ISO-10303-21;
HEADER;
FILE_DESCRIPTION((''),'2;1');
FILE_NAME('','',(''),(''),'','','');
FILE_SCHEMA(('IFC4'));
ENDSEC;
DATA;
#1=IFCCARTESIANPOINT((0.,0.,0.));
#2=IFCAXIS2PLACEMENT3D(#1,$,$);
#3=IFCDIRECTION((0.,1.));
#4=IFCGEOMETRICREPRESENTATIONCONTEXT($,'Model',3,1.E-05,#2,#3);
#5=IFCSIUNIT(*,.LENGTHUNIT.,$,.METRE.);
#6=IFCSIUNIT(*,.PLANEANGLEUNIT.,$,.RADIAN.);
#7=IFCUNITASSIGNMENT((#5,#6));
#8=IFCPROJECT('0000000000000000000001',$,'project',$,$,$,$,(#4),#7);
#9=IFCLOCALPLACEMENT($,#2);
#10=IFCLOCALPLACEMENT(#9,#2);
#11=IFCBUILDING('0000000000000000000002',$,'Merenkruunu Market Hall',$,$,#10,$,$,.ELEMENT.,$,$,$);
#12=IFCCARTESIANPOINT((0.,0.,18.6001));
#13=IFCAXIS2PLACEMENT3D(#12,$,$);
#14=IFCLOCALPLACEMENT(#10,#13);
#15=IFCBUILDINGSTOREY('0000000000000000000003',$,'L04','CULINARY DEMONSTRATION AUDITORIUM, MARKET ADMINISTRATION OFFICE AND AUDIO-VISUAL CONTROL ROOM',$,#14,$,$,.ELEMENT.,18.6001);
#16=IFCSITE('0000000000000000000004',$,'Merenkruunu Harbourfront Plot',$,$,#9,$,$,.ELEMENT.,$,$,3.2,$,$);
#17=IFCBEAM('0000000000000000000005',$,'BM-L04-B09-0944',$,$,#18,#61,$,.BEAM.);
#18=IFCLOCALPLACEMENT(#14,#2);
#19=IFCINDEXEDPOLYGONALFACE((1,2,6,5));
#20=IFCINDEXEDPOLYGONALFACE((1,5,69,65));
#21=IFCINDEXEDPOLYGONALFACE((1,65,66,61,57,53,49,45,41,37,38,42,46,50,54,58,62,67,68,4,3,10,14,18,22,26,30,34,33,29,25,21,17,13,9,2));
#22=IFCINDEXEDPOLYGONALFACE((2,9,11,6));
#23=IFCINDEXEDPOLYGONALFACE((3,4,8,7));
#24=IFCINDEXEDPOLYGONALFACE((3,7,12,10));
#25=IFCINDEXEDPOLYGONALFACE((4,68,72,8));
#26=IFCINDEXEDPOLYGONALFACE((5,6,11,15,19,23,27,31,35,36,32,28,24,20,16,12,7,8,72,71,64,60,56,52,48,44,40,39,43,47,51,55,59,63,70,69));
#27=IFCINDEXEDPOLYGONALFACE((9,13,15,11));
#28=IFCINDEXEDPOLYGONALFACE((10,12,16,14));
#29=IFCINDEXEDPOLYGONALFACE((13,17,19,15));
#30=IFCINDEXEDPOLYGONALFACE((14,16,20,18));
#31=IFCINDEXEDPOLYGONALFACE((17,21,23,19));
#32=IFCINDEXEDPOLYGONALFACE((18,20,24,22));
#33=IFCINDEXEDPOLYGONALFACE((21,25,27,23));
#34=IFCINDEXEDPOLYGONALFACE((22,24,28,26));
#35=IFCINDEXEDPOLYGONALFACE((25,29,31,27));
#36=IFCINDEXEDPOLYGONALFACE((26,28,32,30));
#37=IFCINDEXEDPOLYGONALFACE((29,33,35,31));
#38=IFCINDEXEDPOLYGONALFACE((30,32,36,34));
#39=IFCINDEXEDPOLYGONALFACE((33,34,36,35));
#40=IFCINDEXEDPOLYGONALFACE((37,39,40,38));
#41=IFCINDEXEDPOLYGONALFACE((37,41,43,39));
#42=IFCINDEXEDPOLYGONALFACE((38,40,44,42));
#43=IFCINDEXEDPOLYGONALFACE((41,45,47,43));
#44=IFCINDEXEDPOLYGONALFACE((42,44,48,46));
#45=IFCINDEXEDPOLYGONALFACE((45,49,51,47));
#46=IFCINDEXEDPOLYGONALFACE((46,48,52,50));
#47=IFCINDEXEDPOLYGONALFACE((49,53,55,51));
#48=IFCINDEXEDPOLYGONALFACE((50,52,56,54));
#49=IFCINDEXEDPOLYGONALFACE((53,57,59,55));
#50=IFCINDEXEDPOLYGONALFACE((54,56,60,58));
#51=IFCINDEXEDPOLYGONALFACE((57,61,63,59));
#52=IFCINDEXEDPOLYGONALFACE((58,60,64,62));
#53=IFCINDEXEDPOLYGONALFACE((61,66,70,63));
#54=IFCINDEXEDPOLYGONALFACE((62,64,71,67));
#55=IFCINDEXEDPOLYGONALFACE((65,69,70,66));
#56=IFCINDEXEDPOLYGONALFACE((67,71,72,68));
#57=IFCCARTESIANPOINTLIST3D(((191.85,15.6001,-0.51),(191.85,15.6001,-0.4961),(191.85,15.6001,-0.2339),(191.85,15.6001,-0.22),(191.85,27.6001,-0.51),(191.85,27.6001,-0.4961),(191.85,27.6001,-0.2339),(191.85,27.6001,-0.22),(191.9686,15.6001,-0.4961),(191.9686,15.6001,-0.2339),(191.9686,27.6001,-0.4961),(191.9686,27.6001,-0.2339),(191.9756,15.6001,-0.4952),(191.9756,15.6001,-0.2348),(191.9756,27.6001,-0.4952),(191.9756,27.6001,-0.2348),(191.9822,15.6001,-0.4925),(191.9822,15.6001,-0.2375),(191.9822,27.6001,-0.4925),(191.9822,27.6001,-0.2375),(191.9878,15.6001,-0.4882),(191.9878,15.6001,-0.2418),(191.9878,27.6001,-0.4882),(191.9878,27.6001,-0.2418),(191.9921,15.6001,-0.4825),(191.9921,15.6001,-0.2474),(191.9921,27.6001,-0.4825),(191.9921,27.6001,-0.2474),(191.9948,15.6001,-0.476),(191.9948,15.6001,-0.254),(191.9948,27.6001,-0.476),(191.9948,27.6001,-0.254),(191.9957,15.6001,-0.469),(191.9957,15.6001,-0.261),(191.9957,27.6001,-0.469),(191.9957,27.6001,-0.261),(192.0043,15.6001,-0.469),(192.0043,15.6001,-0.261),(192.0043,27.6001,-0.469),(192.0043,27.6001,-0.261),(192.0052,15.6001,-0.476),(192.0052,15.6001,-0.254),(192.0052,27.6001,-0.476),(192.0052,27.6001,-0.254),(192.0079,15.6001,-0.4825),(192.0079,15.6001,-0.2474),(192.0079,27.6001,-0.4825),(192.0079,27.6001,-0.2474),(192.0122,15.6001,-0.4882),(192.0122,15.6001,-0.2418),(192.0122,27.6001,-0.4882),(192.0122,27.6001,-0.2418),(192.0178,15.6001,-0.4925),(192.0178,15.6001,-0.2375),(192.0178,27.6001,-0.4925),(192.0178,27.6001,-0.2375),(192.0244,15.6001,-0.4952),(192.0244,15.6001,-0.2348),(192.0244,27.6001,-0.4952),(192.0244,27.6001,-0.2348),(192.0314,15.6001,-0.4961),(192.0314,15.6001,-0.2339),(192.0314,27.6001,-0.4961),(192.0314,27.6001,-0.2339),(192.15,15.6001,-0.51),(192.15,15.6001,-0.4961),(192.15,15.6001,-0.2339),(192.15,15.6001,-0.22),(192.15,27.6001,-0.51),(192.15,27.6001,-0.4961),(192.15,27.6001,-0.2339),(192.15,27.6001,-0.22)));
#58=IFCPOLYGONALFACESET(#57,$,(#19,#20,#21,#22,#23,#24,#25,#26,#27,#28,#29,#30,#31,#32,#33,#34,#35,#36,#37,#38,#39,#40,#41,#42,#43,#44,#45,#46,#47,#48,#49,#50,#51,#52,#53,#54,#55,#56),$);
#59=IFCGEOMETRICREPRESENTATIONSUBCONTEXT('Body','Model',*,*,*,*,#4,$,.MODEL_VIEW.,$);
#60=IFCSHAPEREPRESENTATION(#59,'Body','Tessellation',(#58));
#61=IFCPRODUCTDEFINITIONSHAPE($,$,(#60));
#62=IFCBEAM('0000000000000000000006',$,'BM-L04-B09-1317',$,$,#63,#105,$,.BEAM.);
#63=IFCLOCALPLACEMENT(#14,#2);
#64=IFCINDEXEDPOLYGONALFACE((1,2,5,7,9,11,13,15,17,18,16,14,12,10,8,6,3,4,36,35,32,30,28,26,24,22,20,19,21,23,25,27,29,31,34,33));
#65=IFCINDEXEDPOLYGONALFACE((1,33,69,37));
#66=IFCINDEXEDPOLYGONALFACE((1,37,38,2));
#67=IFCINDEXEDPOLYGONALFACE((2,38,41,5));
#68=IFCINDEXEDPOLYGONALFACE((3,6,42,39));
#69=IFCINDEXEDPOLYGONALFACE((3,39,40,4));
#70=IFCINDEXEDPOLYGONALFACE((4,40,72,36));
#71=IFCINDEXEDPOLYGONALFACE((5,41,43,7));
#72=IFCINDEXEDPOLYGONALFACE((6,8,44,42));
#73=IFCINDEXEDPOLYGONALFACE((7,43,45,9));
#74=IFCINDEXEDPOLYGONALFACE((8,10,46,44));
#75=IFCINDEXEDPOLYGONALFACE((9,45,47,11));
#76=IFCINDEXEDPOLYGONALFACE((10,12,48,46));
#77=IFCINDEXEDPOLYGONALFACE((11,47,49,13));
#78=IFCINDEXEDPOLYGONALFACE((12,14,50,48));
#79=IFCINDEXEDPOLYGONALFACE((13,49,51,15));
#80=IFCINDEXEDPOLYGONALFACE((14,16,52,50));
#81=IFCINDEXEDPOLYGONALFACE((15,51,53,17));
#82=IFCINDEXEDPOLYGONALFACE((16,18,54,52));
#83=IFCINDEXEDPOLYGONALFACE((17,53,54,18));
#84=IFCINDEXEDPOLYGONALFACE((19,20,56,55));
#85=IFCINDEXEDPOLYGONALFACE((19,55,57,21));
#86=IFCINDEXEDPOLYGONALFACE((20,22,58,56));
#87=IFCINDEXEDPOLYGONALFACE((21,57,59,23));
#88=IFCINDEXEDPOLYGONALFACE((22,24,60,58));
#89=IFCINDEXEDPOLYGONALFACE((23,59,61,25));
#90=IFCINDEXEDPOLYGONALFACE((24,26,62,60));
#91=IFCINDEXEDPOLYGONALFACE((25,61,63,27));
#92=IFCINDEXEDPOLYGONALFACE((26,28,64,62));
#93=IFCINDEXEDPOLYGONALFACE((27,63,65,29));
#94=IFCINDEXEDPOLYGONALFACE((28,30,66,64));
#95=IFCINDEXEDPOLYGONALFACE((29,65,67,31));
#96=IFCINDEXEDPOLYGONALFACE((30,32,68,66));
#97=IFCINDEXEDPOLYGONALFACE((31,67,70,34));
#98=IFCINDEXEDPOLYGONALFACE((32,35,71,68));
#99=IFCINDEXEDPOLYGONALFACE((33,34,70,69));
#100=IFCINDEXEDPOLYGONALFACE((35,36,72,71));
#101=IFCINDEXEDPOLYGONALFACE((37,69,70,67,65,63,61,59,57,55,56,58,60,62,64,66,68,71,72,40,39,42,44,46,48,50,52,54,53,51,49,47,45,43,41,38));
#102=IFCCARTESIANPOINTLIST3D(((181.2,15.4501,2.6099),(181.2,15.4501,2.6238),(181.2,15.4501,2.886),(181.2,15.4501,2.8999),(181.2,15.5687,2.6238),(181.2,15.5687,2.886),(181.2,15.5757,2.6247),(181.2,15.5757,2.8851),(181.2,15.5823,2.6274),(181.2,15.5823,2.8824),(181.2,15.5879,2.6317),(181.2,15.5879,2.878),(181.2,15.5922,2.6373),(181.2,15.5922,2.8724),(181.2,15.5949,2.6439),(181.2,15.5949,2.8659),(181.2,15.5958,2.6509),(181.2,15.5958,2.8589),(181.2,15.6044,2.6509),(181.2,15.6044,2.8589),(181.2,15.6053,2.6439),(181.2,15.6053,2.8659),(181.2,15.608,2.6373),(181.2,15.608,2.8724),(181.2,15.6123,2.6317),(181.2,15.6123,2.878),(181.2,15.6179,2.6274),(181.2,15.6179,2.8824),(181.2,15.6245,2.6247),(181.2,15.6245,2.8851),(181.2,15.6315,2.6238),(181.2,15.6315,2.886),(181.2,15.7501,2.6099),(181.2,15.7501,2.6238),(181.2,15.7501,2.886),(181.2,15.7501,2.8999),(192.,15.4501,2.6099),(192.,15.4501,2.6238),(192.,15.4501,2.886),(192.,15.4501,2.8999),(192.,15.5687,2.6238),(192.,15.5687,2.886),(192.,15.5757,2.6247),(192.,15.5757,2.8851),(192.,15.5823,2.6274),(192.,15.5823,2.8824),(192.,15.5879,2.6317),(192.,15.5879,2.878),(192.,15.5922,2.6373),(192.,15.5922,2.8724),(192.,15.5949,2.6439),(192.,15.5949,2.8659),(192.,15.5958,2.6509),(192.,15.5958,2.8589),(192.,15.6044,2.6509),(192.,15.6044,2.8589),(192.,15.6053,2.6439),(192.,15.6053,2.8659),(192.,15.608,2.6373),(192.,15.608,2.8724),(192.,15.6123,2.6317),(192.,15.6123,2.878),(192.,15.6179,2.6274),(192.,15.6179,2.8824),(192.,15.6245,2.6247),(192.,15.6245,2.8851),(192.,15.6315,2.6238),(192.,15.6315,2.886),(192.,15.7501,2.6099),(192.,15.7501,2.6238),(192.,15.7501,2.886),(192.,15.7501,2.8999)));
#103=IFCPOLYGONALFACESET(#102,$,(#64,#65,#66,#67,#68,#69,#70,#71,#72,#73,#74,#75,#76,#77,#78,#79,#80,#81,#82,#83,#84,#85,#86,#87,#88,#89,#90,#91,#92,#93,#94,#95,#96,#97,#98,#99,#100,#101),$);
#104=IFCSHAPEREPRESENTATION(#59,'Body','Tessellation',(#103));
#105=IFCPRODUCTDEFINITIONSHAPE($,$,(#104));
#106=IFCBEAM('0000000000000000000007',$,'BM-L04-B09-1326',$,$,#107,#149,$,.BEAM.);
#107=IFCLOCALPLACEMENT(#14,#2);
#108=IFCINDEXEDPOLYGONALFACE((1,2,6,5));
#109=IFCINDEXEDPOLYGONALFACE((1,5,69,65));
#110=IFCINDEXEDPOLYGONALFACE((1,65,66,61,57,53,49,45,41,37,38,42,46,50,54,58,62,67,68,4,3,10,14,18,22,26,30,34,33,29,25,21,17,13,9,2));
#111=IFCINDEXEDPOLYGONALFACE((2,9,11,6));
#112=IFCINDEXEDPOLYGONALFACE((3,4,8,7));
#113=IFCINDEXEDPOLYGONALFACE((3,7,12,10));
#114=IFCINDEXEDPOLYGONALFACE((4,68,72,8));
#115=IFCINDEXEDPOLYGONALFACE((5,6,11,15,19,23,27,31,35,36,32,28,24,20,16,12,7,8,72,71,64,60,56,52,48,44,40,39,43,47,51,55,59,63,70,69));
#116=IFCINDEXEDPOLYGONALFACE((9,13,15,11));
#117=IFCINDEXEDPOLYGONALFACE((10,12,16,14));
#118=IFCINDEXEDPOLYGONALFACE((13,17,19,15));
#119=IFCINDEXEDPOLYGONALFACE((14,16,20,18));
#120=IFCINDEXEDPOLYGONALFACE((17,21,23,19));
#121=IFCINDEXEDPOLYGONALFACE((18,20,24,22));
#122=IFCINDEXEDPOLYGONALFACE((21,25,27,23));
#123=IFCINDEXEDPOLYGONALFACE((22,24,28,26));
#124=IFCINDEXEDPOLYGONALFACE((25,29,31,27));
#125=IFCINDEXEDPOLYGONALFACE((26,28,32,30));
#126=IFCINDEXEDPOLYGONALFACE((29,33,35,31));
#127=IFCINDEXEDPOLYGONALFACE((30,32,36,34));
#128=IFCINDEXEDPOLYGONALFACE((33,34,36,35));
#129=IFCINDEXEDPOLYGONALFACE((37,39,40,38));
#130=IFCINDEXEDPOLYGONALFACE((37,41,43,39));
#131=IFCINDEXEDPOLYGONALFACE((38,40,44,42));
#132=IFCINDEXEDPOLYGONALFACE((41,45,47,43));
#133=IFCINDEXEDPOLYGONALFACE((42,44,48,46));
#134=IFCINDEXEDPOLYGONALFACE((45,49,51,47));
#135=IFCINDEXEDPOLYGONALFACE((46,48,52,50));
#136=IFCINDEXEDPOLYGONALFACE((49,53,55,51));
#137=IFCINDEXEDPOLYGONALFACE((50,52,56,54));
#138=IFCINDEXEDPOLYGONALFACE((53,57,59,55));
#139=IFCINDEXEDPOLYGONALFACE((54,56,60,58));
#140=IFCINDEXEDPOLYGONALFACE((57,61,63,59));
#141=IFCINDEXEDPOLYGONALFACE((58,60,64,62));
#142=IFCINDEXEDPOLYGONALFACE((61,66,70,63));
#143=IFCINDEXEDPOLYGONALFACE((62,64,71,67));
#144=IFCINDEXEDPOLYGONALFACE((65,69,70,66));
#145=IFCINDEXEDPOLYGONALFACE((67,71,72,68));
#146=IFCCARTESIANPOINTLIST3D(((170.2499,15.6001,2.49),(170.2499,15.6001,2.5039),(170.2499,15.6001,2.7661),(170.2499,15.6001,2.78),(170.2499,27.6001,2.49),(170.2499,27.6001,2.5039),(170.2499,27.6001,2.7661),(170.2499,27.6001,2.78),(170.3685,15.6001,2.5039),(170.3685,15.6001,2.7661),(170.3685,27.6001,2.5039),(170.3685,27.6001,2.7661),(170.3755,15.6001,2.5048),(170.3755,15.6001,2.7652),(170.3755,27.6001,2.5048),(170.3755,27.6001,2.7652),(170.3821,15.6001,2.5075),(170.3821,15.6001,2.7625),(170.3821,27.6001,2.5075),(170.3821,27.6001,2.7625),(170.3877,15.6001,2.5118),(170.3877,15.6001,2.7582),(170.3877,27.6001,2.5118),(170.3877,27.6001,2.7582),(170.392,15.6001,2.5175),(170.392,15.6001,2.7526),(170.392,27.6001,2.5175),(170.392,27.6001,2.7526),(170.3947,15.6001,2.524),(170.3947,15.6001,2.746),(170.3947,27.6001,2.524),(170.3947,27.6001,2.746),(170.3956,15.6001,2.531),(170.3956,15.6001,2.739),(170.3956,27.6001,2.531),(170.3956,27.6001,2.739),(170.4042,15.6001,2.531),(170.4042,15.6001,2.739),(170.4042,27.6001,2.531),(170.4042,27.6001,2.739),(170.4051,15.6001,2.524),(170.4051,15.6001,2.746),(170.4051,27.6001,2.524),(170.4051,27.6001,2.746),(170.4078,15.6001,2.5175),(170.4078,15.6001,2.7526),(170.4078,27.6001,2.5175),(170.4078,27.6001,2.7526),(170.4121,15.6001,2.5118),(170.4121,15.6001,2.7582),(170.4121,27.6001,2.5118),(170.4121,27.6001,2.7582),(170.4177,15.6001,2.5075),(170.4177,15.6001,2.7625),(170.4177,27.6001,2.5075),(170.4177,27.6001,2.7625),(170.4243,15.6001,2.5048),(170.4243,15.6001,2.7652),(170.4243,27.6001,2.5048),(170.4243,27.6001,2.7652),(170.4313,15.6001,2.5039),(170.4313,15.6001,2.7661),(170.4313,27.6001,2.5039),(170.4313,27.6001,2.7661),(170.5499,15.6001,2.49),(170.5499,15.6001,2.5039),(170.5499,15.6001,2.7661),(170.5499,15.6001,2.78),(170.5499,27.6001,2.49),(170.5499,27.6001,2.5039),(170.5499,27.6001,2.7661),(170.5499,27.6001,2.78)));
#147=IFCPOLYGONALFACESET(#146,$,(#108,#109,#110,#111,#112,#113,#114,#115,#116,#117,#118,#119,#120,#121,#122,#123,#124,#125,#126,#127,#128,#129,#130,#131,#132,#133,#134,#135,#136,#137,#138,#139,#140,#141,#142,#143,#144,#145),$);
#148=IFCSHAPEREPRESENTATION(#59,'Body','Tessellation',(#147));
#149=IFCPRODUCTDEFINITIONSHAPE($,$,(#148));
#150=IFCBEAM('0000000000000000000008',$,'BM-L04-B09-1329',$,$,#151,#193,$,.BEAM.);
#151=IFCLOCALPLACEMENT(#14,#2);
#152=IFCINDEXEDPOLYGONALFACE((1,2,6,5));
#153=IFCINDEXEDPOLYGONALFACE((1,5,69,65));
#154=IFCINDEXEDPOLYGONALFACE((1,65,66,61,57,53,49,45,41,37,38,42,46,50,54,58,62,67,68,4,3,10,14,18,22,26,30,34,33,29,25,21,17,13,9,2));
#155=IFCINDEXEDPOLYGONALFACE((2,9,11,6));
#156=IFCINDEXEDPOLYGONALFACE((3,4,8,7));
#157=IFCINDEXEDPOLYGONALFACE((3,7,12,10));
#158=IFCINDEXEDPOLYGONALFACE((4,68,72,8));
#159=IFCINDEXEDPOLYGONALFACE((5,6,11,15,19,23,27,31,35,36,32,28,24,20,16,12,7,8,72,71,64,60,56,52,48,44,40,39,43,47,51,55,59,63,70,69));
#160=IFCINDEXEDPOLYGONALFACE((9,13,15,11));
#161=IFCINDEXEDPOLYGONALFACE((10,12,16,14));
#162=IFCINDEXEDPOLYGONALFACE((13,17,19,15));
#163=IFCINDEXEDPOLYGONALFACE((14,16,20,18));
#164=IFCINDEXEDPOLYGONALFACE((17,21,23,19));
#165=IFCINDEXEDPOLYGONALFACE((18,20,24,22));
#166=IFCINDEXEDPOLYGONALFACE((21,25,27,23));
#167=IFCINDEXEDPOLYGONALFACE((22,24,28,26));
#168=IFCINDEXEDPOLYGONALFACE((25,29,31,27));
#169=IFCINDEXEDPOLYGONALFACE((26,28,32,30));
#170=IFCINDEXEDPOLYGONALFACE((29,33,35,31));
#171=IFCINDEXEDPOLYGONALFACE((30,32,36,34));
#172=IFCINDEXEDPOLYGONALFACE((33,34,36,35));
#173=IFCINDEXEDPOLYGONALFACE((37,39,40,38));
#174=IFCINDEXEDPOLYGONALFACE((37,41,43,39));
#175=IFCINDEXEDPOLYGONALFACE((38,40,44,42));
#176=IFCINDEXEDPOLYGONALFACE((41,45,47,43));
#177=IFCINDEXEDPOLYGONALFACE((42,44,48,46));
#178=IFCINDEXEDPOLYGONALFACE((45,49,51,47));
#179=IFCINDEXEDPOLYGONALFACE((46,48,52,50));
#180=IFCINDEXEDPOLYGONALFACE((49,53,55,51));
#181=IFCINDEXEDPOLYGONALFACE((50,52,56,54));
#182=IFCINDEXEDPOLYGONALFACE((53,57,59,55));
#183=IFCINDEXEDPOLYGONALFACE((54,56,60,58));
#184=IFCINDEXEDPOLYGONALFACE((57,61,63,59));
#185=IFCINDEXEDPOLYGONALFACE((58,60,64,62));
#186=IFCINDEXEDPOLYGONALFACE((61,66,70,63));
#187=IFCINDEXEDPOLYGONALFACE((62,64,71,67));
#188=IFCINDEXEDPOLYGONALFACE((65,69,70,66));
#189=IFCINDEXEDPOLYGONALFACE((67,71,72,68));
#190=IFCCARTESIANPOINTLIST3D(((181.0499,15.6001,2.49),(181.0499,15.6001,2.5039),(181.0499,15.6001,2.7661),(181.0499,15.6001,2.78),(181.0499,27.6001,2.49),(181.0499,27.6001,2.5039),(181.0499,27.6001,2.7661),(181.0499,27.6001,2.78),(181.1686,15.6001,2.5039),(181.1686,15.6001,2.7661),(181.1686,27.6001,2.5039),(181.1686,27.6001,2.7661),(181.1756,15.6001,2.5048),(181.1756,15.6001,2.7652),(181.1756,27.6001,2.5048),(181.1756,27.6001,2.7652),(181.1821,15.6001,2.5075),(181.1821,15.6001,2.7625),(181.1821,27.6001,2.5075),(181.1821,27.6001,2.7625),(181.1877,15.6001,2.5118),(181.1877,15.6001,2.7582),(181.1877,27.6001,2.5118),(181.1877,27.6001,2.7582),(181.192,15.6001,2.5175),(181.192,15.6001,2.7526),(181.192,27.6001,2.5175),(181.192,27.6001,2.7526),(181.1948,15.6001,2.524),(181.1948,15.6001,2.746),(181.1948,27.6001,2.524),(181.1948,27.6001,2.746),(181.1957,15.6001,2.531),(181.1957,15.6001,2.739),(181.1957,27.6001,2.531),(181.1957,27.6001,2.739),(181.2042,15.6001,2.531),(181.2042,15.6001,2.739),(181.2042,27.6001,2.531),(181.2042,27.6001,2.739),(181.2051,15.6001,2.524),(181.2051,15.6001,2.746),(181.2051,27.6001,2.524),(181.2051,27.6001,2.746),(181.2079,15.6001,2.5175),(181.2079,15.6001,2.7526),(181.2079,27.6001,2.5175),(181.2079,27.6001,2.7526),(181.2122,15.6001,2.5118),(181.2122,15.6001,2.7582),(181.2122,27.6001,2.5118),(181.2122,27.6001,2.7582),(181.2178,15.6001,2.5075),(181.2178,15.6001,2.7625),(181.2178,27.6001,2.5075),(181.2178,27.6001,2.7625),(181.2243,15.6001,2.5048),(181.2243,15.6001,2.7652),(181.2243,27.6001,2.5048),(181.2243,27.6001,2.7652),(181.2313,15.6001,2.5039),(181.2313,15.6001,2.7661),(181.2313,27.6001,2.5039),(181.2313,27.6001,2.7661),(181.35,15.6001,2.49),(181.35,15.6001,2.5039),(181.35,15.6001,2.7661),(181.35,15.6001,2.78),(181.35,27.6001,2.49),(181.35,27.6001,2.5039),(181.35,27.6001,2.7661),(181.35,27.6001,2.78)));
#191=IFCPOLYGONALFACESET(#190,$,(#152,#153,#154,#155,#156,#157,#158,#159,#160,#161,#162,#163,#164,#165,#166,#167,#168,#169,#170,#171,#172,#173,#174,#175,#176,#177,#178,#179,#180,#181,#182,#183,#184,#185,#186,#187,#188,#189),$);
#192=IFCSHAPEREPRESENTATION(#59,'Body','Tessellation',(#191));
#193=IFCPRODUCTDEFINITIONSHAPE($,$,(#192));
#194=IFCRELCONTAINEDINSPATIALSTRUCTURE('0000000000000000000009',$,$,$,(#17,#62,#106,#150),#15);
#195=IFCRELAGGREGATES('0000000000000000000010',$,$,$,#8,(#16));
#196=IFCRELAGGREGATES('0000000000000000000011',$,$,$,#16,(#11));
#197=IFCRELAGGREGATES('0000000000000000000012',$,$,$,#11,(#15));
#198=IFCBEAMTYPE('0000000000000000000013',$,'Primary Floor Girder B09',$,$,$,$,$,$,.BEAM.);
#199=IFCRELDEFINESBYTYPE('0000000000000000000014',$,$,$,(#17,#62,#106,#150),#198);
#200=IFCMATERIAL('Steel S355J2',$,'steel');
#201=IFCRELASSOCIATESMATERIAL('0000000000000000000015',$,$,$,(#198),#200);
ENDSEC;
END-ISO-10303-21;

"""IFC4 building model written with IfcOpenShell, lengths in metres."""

from ifc_helpers import new_model, si_unit, direction, frame, origin, origin_2d, place, context, subcontext, project, spatial, i_section, extrude, material, material_profile, profile_set, type_object, element, save


model = new_model("IFC4")

# Units and contexts
model_context = context("Model", 3, precision=1e-05, world=origin(), true_north=direction((0.0, 1.0)))
body_context = subcontext(model_context, "Body", "Model", "MODEL_VIEW")
ifc_project = project(units=[si_unit("LENGTHUNIT", "METRE"), si_unit("PLANEANGLEUNIT", "RADIAN")], contexts=[model_context])

# Site, building, storey
site_placement = place(None, origin())
site = spatial("IfcSite", under=ifc_project, at=site_placement, Name="Merenkruunu Harbourfront Plot", CompositionType="ELEMENT", RefElevation=3.2)
building_placement = place(site_placement, origin())
building = spatial("IfcBuilding", under=site, at=building_placement, Name="Merenkruunu Market Hall", CompositionType="ELEMENT")
storey_placement = place(building_placement, frame((0.0, 0.0, 18.6001)))
storey = spatial("IfcBuildingStorey", under=building, at=storey_placement, Name="L04", Description="CULINARY DEMONSTRATION AUDITORIUM, MARKET ADMINISTRATION OFFICE AND AUDIO-VISUAL CONTROL ROOM", CompositionType="ELEMENT", Elevation=18.6001)

# Shared definitions
ifc_material_1 = material(Name="Steel S355J2", Category="steel")

# Beams
ifc_material_profile_1 = material_profile(ifc_material_1, i_section(OverallWidth=0.3, OverallDepth=0.29, WebThickness=0.0085, FlangeThickness=0.0139, FilletRadius=0.0271, at=origin_2d()), Name="HEA 300")
ifc_profile_set_1 = profile_set([ifc_material_profile_1], Name="Steel S355J2")
beam_type_1 = type_object("IfcBeamType", Name="Primary Floor Girder B09", PredefinedType="BEAM", material=ifc_profile_set_1)
for number, where, z_axis, x_axis, name in (
    (1, (192.0, 15.6001, -0.365), (0.0, 1.0, 0.0), (-1.0, 0.0, 0.0), "BM-L04-B09-0944"),
):
    element("IfcBeam", number, at=place(storey_placement, frame(where, z_axis=z_axis, x_axis=x_axis)), inside=storey, type_object=beam_type_1, Name=name, PredefinedType="BEAM", context=body_context, shape_type="SweptSolid", body=[
        extrude(i_section(OverallWidth=0.3, OverallDepth=0.29, WebThickness=0.0085, FlangeThickness=0.0139, FilletRadius=0.0271, at=origin_2d()), origin(), (0.0, 0.0, 1.0), 12.0),
    ])
beam_1_placement = place(storey_placement, frame((181.2, 15.6001, 2.7549), z_axis=(1.0, 0.0, 0.0), x_axis=(0.0, 1.0, 0.0)))
element("IfcBeam", 2, at=beam_1_placement, inside=storey, type_object=beam_type_1, Name="BM-L04-B09-1317", PredefinedType="BEAM", context=body_context, shape_type="SweptSolid", body=[
    extrude(i_section(OverallWidth=0.3, OverallDepth=0.29, WebThickness=0.0085, FlangeThickness=0.0139, FilletRadius=0.0271, at=origin_2d()), origin(), (0.0, 0.0, 1.0), 10.8),
])
for number, where, z_axis, x_axis, name in (
    (3, (170.3999, 15.6001, 2.635), (0.0, 1.0, 0.0), (-1.0, 0.0, 0.0), "BM-L04-B09-1326"),
    (4, (181.2, 15.6001, 2.635), (0.0, 1.0, 0.0), (-1.0, 0.0, 0.0), "BM-L04-B09-1329"),
):
    element("IfcBeam", number, at=place(storey_placement, frame(where, z_axis=z_axis, x_axis=x_axis)), inside=storey, type_object=beam_type_1, Name=name, PredefinedType="BEAM", context=body_context, shape_type="SweptSolid", body=[
        extrude(i_section(OverallWidth=0.3, OverallDepth=0.29, WebThickness=0.0085, FlangeThickness=0.0139, FilletRadius=0.0271, at=origin_2d()), origin(), (0.0, 0.0, 1.0), 12.0),
    ])

save(model, "model.ifc")
